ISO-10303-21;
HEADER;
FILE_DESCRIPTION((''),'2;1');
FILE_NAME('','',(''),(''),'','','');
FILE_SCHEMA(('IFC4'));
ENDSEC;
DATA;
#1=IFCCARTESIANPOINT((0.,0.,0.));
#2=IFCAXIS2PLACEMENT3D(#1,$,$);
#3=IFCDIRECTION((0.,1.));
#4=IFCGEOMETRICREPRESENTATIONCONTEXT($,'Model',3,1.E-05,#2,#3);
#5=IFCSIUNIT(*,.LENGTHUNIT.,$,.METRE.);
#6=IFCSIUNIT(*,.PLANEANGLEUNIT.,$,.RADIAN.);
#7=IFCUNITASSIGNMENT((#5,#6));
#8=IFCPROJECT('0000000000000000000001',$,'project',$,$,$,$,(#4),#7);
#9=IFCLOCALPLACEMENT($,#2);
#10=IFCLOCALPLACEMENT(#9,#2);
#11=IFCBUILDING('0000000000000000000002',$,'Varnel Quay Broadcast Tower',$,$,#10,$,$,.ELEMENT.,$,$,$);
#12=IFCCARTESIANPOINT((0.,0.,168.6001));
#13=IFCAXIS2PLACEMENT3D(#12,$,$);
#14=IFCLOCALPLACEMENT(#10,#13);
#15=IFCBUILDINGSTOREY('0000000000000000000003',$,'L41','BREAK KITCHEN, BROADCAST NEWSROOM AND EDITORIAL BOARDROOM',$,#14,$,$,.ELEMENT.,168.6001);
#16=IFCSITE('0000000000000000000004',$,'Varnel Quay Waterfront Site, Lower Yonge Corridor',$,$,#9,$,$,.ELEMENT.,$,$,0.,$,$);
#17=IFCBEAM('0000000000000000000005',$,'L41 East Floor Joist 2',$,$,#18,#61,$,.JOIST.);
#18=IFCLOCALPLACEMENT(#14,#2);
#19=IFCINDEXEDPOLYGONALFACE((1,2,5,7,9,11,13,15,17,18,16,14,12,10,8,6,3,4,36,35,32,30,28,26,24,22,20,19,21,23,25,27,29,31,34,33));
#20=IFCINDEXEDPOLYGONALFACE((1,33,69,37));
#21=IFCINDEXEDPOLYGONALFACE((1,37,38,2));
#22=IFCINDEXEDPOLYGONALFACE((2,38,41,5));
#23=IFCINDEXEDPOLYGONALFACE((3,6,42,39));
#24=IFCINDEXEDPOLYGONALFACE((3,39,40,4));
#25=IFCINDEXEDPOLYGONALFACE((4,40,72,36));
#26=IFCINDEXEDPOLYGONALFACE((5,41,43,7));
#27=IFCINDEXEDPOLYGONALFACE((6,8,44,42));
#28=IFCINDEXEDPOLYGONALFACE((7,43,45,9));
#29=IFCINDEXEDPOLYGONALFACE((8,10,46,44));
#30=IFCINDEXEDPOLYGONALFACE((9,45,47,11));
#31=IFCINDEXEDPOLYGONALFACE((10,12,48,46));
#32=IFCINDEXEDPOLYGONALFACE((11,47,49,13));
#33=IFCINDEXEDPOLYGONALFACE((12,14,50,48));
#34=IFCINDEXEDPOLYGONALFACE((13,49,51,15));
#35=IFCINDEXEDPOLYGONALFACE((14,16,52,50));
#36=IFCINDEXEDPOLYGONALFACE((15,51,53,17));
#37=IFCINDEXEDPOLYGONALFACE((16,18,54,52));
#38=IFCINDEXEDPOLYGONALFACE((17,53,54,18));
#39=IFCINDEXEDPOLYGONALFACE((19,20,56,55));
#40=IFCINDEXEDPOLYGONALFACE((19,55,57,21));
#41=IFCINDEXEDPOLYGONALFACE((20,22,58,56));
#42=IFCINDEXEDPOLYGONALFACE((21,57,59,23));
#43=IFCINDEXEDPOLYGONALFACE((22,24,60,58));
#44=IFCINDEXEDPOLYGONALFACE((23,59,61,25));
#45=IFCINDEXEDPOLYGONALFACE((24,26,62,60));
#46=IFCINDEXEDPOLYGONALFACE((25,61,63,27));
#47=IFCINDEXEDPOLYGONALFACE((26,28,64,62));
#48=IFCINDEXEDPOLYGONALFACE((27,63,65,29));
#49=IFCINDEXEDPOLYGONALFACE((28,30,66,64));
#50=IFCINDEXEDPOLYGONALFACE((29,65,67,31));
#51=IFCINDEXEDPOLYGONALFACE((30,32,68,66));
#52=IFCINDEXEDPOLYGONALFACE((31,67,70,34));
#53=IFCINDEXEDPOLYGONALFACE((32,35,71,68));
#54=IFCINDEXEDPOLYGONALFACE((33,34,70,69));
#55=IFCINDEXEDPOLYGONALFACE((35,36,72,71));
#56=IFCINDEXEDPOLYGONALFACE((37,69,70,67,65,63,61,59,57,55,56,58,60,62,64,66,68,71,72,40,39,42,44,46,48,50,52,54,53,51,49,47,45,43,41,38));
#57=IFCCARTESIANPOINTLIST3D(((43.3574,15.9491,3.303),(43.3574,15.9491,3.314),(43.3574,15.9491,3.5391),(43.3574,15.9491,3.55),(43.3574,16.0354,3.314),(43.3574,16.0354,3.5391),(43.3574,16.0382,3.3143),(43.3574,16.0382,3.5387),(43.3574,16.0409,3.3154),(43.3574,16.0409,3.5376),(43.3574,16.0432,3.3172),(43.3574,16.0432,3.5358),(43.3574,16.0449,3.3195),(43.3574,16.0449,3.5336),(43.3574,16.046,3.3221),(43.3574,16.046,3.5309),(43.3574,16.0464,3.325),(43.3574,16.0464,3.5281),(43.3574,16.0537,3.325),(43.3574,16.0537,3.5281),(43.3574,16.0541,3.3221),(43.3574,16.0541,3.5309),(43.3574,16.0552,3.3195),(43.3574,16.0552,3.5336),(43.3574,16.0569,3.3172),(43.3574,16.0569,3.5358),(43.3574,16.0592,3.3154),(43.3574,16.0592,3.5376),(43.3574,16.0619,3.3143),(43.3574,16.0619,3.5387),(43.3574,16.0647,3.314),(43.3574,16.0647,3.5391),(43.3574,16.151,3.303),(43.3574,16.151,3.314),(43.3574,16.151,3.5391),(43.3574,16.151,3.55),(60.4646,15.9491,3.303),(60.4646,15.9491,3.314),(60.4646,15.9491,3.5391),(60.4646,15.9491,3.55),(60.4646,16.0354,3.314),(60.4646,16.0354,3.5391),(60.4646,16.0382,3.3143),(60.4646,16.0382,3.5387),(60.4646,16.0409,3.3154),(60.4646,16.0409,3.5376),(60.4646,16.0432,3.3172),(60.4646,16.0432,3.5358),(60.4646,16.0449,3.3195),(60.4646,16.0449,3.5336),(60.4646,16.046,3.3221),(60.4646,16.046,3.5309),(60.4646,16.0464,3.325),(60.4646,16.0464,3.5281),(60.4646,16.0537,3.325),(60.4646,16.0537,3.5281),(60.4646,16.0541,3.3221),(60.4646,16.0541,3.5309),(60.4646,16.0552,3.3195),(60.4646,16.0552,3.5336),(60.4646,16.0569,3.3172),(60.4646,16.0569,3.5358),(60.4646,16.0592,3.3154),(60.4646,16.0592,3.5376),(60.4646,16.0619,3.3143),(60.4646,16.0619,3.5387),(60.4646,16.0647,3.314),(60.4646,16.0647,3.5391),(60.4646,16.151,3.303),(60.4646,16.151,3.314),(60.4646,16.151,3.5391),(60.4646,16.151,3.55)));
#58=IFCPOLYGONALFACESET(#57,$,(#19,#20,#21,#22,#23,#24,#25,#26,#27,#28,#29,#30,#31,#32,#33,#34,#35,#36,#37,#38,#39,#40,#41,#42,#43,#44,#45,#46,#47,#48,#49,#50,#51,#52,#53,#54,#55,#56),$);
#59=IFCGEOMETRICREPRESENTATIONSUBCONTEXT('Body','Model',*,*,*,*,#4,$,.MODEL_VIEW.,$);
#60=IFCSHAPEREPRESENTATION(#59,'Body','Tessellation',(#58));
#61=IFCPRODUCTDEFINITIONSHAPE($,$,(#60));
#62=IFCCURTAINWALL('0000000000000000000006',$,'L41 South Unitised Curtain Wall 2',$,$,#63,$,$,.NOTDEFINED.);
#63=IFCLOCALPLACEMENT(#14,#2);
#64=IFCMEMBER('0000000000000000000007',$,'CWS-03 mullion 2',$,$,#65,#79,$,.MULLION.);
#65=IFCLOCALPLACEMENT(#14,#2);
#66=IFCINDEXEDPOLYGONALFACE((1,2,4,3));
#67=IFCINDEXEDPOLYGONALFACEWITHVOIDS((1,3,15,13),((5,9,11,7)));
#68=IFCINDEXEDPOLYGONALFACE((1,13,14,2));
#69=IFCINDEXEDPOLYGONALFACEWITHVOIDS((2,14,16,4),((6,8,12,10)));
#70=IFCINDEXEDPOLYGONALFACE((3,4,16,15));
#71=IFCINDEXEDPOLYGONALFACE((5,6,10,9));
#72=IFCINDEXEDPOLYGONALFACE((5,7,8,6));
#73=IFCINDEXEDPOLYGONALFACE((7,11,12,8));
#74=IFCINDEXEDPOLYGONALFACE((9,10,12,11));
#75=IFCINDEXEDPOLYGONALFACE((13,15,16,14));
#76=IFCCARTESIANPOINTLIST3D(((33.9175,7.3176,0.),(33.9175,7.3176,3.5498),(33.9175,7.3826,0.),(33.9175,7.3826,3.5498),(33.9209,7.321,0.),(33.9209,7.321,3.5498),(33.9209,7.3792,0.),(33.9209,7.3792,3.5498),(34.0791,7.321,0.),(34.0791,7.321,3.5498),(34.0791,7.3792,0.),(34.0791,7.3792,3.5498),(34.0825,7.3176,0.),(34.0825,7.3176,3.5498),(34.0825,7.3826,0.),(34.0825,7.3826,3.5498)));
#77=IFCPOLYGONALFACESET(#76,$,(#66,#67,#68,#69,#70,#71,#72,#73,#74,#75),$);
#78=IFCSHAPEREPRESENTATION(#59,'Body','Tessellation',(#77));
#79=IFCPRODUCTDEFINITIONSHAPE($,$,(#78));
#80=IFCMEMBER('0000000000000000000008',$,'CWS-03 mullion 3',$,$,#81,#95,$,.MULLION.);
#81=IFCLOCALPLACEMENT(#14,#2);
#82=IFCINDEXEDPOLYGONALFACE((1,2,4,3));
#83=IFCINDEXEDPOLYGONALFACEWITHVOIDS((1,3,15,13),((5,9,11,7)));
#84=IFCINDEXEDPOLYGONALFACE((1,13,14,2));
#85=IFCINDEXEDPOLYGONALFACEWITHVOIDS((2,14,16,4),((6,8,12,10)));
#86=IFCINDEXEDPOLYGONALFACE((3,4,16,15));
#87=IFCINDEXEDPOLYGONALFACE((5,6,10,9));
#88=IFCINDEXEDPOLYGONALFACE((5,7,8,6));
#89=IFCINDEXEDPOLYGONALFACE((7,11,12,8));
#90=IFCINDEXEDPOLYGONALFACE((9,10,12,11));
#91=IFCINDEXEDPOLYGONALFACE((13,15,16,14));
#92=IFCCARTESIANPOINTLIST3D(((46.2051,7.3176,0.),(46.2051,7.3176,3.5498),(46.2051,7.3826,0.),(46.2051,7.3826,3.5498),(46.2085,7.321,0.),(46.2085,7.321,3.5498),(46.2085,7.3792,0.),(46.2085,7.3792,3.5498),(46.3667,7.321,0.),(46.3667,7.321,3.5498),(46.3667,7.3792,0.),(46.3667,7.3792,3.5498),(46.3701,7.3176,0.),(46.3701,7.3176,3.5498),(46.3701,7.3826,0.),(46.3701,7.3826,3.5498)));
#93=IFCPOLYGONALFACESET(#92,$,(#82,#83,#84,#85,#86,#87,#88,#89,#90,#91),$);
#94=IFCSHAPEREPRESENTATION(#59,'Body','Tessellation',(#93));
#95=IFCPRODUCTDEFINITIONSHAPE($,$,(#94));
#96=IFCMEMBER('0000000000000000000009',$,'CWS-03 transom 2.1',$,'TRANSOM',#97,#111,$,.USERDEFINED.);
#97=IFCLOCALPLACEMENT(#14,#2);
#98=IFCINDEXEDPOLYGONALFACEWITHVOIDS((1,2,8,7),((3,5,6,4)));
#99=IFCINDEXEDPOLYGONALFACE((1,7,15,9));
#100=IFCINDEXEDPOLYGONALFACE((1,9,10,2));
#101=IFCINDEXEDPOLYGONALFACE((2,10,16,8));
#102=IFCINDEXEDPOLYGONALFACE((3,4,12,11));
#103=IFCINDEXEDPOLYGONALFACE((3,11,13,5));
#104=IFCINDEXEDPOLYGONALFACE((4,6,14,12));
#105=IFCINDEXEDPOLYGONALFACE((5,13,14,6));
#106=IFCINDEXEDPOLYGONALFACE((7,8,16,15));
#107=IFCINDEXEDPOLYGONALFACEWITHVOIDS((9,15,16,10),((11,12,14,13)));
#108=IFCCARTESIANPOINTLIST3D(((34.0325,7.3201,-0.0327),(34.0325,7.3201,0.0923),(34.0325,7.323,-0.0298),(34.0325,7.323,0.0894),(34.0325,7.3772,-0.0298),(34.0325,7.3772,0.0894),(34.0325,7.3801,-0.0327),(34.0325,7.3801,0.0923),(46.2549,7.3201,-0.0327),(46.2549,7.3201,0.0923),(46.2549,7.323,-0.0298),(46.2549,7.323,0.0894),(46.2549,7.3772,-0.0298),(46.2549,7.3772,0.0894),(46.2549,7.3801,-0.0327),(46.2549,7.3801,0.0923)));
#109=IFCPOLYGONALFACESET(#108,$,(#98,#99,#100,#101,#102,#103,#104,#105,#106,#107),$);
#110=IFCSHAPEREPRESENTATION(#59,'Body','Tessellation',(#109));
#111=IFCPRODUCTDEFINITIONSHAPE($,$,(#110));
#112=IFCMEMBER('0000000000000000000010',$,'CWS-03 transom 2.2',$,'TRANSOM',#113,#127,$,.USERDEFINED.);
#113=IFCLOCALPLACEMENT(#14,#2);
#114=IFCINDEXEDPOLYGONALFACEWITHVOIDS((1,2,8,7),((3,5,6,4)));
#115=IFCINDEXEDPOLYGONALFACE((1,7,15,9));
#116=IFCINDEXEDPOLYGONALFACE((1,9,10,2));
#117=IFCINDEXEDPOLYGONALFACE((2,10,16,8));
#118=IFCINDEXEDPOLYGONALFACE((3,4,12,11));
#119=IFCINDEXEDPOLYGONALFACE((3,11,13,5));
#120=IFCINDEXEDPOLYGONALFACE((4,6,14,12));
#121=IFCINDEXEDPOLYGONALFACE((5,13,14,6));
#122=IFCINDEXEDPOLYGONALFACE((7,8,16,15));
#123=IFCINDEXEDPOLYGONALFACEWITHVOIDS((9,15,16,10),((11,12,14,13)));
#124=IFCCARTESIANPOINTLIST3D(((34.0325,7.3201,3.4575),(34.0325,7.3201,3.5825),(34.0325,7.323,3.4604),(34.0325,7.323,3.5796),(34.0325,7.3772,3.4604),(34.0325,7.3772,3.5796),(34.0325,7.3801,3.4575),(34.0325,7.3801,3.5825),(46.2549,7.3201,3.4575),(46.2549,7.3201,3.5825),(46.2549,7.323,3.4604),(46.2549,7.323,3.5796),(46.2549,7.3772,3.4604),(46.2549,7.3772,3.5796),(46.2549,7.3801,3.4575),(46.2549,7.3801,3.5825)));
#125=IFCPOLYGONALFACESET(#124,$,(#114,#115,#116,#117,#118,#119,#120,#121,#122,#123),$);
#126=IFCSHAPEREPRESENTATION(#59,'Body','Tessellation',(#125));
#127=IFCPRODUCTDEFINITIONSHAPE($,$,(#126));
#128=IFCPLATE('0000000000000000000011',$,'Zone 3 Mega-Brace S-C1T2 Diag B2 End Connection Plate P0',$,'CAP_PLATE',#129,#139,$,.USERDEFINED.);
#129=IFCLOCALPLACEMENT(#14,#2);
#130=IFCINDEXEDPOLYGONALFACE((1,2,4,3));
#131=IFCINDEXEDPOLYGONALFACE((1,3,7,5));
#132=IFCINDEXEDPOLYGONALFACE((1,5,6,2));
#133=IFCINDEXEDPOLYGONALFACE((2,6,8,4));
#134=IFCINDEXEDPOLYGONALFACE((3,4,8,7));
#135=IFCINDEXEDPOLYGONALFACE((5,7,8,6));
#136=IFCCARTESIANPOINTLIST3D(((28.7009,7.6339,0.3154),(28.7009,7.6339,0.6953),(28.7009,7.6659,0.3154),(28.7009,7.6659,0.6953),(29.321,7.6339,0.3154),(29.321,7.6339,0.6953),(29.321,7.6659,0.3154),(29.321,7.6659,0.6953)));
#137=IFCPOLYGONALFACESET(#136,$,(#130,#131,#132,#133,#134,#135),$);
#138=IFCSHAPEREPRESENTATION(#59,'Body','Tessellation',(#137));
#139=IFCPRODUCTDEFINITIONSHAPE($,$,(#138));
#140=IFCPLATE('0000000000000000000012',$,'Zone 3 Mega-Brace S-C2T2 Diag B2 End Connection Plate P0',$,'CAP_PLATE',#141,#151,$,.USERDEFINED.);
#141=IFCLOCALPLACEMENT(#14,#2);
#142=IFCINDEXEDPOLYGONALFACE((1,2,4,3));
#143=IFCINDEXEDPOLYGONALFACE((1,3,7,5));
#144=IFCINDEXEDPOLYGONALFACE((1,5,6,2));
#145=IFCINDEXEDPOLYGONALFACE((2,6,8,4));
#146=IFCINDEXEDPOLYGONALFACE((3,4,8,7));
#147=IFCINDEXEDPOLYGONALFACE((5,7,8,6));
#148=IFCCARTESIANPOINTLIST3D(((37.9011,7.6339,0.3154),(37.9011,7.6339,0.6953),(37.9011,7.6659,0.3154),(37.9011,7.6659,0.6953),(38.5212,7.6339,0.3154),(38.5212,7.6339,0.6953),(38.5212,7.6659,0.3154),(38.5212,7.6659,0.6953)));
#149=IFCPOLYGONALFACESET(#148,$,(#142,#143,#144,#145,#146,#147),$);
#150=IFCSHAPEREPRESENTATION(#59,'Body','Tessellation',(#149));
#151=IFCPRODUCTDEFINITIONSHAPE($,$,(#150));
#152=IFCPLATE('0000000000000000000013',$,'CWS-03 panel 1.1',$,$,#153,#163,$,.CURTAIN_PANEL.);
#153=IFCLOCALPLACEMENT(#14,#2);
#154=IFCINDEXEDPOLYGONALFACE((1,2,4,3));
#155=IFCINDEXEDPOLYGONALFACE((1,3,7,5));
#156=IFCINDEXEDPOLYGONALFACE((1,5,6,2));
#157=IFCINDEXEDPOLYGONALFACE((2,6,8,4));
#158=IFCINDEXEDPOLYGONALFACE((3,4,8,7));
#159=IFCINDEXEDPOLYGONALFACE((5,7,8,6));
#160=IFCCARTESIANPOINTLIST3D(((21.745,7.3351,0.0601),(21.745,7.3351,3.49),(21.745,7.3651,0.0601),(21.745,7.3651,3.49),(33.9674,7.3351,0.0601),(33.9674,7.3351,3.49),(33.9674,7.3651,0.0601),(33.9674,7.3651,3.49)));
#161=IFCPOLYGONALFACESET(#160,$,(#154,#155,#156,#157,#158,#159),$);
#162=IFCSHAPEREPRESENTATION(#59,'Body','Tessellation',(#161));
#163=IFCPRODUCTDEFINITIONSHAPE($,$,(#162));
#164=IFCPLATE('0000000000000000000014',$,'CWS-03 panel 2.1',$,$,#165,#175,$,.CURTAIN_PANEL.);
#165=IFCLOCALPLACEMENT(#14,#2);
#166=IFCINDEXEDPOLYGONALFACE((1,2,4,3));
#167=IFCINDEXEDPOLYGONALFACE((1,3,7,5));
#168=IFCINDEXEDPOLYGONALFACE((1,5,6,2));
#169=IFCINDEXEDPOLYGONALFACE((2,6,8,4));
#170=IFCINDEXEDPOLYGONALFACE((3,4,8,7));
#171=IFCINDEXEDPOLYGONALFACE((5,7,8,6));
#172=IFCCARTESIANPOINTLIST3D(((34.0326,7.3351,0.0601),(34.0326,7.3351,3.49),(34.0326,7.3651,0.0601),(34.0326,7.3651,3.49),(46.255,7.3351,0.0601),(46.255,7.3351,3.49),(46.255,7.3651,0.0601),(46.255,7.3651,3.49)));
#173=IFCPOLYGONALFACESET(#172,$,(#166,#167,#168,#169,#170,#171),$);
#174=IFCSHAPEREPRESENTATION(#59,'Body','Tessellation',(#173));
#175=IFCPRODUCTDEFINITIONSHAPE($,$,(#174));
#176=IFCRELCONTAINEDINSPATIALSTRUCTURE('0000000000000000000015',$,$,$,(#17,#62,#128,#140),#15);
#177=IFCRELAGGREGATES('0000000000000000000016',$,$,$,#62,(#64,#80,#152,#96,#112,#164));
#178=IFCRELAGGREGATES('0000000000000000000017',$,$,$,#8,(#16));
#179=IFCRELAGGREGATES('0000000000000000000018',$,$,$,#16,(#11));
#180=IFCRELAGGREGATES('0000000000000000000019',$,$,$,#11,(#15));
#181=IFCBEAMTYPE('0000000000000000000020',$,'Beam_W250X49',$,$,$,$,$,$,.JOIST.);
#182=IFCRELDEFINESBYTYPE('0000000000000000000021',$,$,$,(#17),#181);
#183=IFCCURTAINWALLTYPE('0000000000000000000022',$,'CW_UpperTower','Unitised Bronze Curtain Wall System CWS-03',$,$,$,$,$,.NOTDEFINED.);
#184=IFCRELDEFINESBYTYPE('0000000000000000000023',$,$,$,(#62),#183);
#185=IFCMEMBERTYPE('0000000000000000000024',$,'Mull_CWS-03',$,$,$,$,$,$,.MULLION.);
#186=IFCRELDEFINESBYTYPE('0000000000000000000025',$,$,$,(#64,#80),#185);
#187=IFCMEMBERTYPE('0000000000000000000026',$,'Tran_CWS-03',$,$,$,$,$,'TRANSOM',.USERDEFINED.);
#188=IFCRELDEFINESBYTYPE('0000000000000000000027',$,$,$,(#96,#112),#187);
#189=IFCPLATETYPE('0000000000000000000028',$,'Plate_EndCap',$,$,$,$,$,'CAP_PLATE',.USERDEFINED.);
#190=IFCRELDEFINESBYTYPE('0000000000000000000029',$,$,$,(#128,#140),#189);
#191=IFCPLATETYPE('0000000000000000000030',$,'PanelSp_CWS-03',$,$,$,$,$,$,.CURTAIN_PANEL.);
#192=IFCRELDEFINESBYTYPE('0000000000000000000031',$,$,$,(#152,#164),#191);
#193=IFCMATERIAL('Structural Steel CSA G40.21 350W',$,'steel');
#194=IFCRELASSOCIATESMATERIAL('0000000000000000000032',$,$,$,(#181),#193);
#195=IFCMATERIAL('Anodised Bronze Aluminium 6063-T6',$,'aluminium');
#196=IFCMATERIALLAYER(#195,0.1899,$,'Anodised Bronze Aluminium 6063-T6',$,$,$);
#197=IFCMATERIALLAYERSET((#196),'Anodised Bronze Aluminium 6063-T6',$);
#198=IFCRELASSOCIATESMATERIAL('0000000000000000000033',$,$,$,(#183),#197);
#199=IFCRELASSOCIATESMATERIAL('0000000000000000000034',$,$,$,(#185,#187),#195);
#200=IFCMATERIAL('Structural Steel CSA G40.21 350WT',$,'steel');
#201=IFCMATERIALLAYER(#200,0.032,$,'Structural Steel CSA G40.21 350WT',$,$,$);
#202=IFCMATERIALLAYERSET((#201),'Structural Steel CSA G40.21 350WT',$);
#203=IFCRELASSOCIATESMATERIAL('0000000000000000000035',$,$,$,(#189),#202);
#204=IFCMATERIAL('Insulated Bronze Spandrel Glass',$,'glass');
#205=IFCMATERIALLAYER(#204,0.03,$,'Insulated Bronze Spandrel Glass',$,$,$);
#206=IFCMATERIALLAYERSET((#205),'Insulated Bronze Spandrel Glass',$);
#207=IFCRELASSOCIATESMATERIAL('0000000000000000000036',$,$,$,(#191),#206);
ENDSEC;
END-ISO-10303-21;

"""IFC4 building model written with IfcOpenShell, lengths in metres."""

from ifc_helpers import new_model, si_unit, direction, frame, origin, origin_2d, place, context, subcontext, project, spatial, rectangle, hollow_rectangle, i_section, extrude, source, transform, mapped, material, layer, layer_set, material_profile, profile_set, type_object, type_shapes, element, aggregate, save


model = new_model("IFC4")

# Units and contexts
model_context = context("Model", 3, precision=1e-05, world=origin(), true_north=direction((0.0, 1.0)))
body_context = subcontext(model_context, "Body", "Model", "MODEL_VIEW")
ifc_project = project(units=[si_unit("LENGTHUNIT", "METRE"), si_unit("PLANEANGLEUNIT", "RADIAN")], contexts=[model_context])

# Site, building, storey
site_placement = place(None, origin())
site = spatial("IfcSite", under=ifc_project, at=site_placement, Name="Varnel Quay Waterfront Site, Lower Yonge Corridor", CompositionType="ELEMENT", RefElevation=0.0)
building_placement = place(site_placement, origin())
building = spatial("IfcBuilding", under=site, at=building_placement, Name="Varnel Quay Broadcast Tower", CompositionType="ELEMENT")
storey_placement = place(building_placement, frame((0.0, 0.0, 168.6001)))
storey = spatial("IfcBuildingStorey", under=building, at=storey_placement, Name="L41", Description="BREAK KITCHEN, BROADCAST NEWSROOM AND EDITORIAL BOARDROOM", CompositionType="ELEMENT", Elevation=168.6001)

# Shared definitions
ifc_material_1 = material(Name="Structural Steel CSA G40.21 350W", Category="steel")

# Beam
ifc_material_profile_1 = material_profile(ifc_material_1, i_section(OverallWidth=0.2019, OverallDepth=0.2471, WebThickness=0.0073, FlangeThickness=0.011, FilletRadius=0.011, at=origin_2d()), Name="W250X49")
ifc_profile_set_1 = profile_set([ifc_material_profile_1], Name="Structural Steel CSA G40.21 350W")
beam_type_1 = type_object("IfcBeamType", Name="Beam_W250X49", PredefinedType="JOIST", material=ifc_profile_set_1)
shared_shape_1 = source(origin(), body_context, "Body", "SweptSolid", [
    extrude(i_section(OverallWidth=0.2019, OverallDepth=0.2471, WebThickness=0.0073, FlangeThickness=0.011, FilletRadius=0.011, at=origin_2d()), origin(), (0.0, 0.0, 1.0), 17.1072),
])
type_shapes(beam_type_1, [shared_shape_1])
beam_1_placement = place(storey_placement, frame((43.3574, 16.05, 3.4265), z_axis=(1.0, 0.0, 0.0), x_axis=(0.0, 1.0, 0.0)))
element("IfcBeam", 1, at=beam_1_placement, inside=storey, type_object=beam_type_1, Name="L41 East Floor Joist 2", PredefinedType="JOIST", context=body_context, shape_type="MappedRepresentation", body=[
    mapped(shared_shape_1, transform((0.0, 0.0, 0.0), x_axis=(1.0, 0.0, 0.0), y_axis=(0.0, 1.0, 0.0), z_axis=(0.0, 0.0, 1.0), scale=1.0)),
])

# Curtain wall, members
ifc_material_2 = material(Name="Anodised Bronze Aluminium 6063-T6", Category="aluminium")
ifc_layer_1 = layer(ifc_material_2, 0.1899, Name="Anodised Bronze Aluminium 6063-T6")
ifc_layer_set_1 = layer_set([ifc_layer_1], Name="Anodised Bronze Aluminium 6063-T6")
curtain_wall_type = type_object("IfcCurtainWallType", Name="CW_UpperTower", Description="Unitised Bronze Curtain Wall System CWS-03", PredefinedType="NOTDEFINED", material=ifc_layer_set_1)
curtain_wall_placement = place(storey_placement, origin())
curtain_wall = element("IfcCurtainWall", 2, at=curtain_wall_placement, inside=storey, type_object=curtain_wall_type, Name="L41 South Unitised Curtain Wall 2", PredefinedType="NOTDEFINED")
ifc_material_profile_2 = material_profile(ifc_material_2, hollow_rectangle(XDim=0.0649, YDim=0.165, WallThickness=0.0034, at=origin_2d()), Name="ALU65X165X3.5")
ifc_profile_set_2 = profile_set([ifc_material_profile_2], Name="Anodised Bronze Aluminium 6063-T6")
member_type_1 = type_object("IfcMemberType", Name="Mull_CWS-03", PredefinedType="MULLION", material=ifc_profile_set_2)
shared_shape_2 = source(origin(), body_context, "Body", "SweptSolid", [
    extrude(hollow_rectangle(XDim=0.0649, YDim=0.165, WallThickness=0.0034, at=origin_2d()), origin(), (0.0, 0.0, 1.0), 3.5498),
])
type_shapes(member_type_1, [shared_shape_2])
member_1_placement = place(storey_placement, frame((34.0, 7.3501, 0.0), z_axis=(0.0, 0.0, 1.0), x_axis=(0.0, 1.0, 0.0)))
member_1 = element("IfcMember", 3, at=member_1_placement, type_object=member_type_1, Name="CWS-03 mullion 2", PredefinedType="MULLION", context=body_context, shape_type="MappedRepresentation", body=[
    mapped(shared_shape_2, transform((0.0, 0.0, 0.0), x_axis=(1.0, 0.0, 0.0), y_axis=(0.0, 1.0, 0.0), z_axis=(0.0, 0.0, 1.0), scale=1.0)),
])
member_2_placement = place(storey_placement, frame((46.2876, 7.3501, 0.0), z_axis=(0.0, 0.0, 1.0), x_axis=(0.0, 1.0, 0.0)))
member_2 = element("IfcMember", 4, at=member_2_placement, type_object=member_type_1, Name="CWS-03 mullion 3", PredefinedType="MULLION", context=body_context, shape_type="MappedRepresentation", body=[
    mapped(shared_shape_2, transform((0.0, 0.0, 0.0), x_axis=(1.0, 0.0, 0.0), y_axis=(0.0, 1.0, 0.0), z_axis=(0.0, 0.0, 1.0), scale=1.0)),
])
ifc_material_profile_3 = material_profile(ifc_material_2, hollow_rectangle(XDim=0.0601, YDim=0.125, WallThickness=0.0029, at=origin_2d()), Name="ALU60X125X3")
ifc_profile_set_3 = profile_set([ifc_material_profile_3], Name="Anodised Bronze Aluminium 6063-T6")
member_type_2 = type_object("IfcMemberType", Name="Tran_CWS-03", ElementType="TRANSOM", PredefinedType="USERDEFINED", material=ifc_profile_set_3)
shared_shape_3 = source(origin(), body_context, "Body", "SweptSolid", [
    extrude(hollow_rectangle(XDim=0.0601, YDim=0.125, WallThickness=0.0029, at=origin_2d()), origin(), (0.0, 0.0, 1.0), 12.2224),
])
type_shapes(member_type_2, [shared_shape_3])
member_3_placement = place(storey_placement, frame((34.0325, 7.3501, 0.0298), z_axis=(1.0, 0.0, 0.0), x_axis=(0.0, 1.0, 0.0)))
member_3 = element("IfcMember", 5, at=member_3_placement, type_object=member_type_2, Name="CWS-03 transom 2.1", ObjectType="TRANSOM", PredefinedType="USERDEFINED", context=body_context, shape_type="MappedRepresentation", body=[
    mapped(shared_shape_3, transform((0.0, 0.0, 0.0), x_axis=(1.0, 0.0, 0.0), y_axis=(0.0, 1.0, 0.0), z_axis=(0.0, 0.0, 1.0), scale=1.0)),
])
member_4_placement = place(storey_placement, frame((34.0325, 7.3501, 3.52), z_axis=(1.0, 0.0, 0.0), x_axis=(0.0, 1.0, 0.0)))
member_4 = element("IfcMember", 6, at=member_4_placement, type_object=member_type_2, Name="CWS-03 transom 2.2", ObjectType="TRANSOM", PredefinedType="USERDEFINED", context=body_context, shape_type="MappedRepresentation", body=[
    mapped(shared_shape_3, transform((0.0, 0.0, 0.0), x_axis=(1.0, 0.0, 0.0), y_axis=(0.0, 1.0, 0.0), z_axis=(0.0, 0.0, 1.0), scale=1.0)),
])

# Plates
ifc_material_3 = material(Name="Structural Steel CSA G40.21 350WT", Category="steel")
ifc_layer_2 = layer(ifc_material_3, 0.032, Name="Structural Steel CSA G40.21 350WT")
ifc_layer_set_2 = layer_set([ifc_layer_2], Name="Structural Steel CSA G40.21 350WT")
plate_type_1 = type_object("IfcPlateType", Name="Plate_EndCap", ElementType="CAP_PLATE", PredefinedType="USERDEFINED", material=ifc_layer_set_2)
shared_shape_4 = source(origin(), body_context, "Body", "SweptSolid", [
    extrude(rectangle(XDim=0.6201, YDim=0.032, at=origin_2d()), origin(), (0.0, 0.0, 1.0), 0.3799),
])
type_shapes(plate_type_1, [shared_shape_4])
for number, where, z_axis, x_axis, name in (
    (7, (29.011, 7.6499, 0.3154), (0.0, 0.0, 1.0), (1.0, 0.0, 0.0), "Zone 3 Mega-Brace S-C1T2 Diag B2 End Connection Plate P0"),
    (8, (38.2112, 7.6499, 0.3154), (0.0, 0.0, 1.0), (1.0, 0.0, 0.0), "Zone 3 Mega-Brace S-C2T2 Diag B2 End Connection Plate P0"),
):
    element("IfcPlate", number, at=place(storey_placement, frame(where, z_axis=z_axis, x_axis=x_axis)), inside=storey, type_object=plate_type_1, Name=name, ObjectType="CAP_PLATE", PredefinedType="USERDEFINED", context=body_context, shape_type="MappedRepresentation", body=[
        mapped(shared_shape_4, transform((0.0, 0.0, 0.0), x_axis=(1.0, 0.0, 0.0), y_axis=(0.0, 1.0, 0.0), z_axis=(0.0, 0.0, 1.0), scale=1.0)),
    ])

# Plates
ifc_material_4 = material(Name="Insulated Bronze Spandrel Glass", Category="glass")
ifc_layer_3 = layer(ifc_material_4, 0.03, Name="Insulated Bronze Spandrel Glass")
ifc_layer_set_3 = layer_set([ifc_layer_3], Name="Insulated Bronze Spandrel Glass")
plate_type_2 = type_object("IfcPlateType", Name="PanelSp_CWS-03", PredefinedType="CURTAIN_PANEL", material=ifc_layer_set_3)
shared_shape_5 = source(origin(), body_context, "Body", "SweptSolid", [
    extrude(rectangle(XDim=12.2224, YDim=0.03, at=origin_2d()), origin(), (0.0, 0.0, 1.0), 3.4299),
])
type_shapes(plate_type_2, [shared_shape_5])
plate_1_placement = place(storey_placement, frame((27.8562, 7.3501, 0.0601), z_axis=(0.0, 0.0, 1.0), x_axis=(1.0, 0.0, 0.0)))
plate_1 = element("IfcPlate", 9, at=plate_1_placement, type_object=plate_type_2, Name="CWS-03 panel 1.1", PredefinedType="CURTAIN_PANEL", context=body_context, shape_type="MappedRepresentation", body=[
    mapped(shared_shape_5, transform((0.0, 0.0, 0.0), x_axis=(1.0, 0.0, 0.0), y_axis=(0.0, 1.0, 0.0), z_axis=(0.0, 0.0, 1.0), scale=1.0)),
])
plate_2_placement = place(storey_placement, frame((40.1438, 7.3501, 0.0601), z_axis=(0.0, 0.0, 1.0), x_axis=(1.0, 0.0, 0.0)))
plate_2 = element("IfcPlate", 10, at=plate_2_placement, type_object=plate_type_2, Name="CWS-03 panel 2.1", PredefinedType="CURTAIN_PANEL", context=body_context, shape_type="MappedRepresentation", body=[
    mapped(shared_shape_5, transform((0.0, 0.0, 0.0), x_axis=(1.0, 0.0, 0.0), y_axis=(0.0, 1.0, 0.0), z_axis=(0.0, 0.0, 1.0), scale=1.0)),
])
aggregate(curtain_wall, [member_1, member_2, plate_1, member_3, member_4, plate_2])

save(model, "model.ifc")
